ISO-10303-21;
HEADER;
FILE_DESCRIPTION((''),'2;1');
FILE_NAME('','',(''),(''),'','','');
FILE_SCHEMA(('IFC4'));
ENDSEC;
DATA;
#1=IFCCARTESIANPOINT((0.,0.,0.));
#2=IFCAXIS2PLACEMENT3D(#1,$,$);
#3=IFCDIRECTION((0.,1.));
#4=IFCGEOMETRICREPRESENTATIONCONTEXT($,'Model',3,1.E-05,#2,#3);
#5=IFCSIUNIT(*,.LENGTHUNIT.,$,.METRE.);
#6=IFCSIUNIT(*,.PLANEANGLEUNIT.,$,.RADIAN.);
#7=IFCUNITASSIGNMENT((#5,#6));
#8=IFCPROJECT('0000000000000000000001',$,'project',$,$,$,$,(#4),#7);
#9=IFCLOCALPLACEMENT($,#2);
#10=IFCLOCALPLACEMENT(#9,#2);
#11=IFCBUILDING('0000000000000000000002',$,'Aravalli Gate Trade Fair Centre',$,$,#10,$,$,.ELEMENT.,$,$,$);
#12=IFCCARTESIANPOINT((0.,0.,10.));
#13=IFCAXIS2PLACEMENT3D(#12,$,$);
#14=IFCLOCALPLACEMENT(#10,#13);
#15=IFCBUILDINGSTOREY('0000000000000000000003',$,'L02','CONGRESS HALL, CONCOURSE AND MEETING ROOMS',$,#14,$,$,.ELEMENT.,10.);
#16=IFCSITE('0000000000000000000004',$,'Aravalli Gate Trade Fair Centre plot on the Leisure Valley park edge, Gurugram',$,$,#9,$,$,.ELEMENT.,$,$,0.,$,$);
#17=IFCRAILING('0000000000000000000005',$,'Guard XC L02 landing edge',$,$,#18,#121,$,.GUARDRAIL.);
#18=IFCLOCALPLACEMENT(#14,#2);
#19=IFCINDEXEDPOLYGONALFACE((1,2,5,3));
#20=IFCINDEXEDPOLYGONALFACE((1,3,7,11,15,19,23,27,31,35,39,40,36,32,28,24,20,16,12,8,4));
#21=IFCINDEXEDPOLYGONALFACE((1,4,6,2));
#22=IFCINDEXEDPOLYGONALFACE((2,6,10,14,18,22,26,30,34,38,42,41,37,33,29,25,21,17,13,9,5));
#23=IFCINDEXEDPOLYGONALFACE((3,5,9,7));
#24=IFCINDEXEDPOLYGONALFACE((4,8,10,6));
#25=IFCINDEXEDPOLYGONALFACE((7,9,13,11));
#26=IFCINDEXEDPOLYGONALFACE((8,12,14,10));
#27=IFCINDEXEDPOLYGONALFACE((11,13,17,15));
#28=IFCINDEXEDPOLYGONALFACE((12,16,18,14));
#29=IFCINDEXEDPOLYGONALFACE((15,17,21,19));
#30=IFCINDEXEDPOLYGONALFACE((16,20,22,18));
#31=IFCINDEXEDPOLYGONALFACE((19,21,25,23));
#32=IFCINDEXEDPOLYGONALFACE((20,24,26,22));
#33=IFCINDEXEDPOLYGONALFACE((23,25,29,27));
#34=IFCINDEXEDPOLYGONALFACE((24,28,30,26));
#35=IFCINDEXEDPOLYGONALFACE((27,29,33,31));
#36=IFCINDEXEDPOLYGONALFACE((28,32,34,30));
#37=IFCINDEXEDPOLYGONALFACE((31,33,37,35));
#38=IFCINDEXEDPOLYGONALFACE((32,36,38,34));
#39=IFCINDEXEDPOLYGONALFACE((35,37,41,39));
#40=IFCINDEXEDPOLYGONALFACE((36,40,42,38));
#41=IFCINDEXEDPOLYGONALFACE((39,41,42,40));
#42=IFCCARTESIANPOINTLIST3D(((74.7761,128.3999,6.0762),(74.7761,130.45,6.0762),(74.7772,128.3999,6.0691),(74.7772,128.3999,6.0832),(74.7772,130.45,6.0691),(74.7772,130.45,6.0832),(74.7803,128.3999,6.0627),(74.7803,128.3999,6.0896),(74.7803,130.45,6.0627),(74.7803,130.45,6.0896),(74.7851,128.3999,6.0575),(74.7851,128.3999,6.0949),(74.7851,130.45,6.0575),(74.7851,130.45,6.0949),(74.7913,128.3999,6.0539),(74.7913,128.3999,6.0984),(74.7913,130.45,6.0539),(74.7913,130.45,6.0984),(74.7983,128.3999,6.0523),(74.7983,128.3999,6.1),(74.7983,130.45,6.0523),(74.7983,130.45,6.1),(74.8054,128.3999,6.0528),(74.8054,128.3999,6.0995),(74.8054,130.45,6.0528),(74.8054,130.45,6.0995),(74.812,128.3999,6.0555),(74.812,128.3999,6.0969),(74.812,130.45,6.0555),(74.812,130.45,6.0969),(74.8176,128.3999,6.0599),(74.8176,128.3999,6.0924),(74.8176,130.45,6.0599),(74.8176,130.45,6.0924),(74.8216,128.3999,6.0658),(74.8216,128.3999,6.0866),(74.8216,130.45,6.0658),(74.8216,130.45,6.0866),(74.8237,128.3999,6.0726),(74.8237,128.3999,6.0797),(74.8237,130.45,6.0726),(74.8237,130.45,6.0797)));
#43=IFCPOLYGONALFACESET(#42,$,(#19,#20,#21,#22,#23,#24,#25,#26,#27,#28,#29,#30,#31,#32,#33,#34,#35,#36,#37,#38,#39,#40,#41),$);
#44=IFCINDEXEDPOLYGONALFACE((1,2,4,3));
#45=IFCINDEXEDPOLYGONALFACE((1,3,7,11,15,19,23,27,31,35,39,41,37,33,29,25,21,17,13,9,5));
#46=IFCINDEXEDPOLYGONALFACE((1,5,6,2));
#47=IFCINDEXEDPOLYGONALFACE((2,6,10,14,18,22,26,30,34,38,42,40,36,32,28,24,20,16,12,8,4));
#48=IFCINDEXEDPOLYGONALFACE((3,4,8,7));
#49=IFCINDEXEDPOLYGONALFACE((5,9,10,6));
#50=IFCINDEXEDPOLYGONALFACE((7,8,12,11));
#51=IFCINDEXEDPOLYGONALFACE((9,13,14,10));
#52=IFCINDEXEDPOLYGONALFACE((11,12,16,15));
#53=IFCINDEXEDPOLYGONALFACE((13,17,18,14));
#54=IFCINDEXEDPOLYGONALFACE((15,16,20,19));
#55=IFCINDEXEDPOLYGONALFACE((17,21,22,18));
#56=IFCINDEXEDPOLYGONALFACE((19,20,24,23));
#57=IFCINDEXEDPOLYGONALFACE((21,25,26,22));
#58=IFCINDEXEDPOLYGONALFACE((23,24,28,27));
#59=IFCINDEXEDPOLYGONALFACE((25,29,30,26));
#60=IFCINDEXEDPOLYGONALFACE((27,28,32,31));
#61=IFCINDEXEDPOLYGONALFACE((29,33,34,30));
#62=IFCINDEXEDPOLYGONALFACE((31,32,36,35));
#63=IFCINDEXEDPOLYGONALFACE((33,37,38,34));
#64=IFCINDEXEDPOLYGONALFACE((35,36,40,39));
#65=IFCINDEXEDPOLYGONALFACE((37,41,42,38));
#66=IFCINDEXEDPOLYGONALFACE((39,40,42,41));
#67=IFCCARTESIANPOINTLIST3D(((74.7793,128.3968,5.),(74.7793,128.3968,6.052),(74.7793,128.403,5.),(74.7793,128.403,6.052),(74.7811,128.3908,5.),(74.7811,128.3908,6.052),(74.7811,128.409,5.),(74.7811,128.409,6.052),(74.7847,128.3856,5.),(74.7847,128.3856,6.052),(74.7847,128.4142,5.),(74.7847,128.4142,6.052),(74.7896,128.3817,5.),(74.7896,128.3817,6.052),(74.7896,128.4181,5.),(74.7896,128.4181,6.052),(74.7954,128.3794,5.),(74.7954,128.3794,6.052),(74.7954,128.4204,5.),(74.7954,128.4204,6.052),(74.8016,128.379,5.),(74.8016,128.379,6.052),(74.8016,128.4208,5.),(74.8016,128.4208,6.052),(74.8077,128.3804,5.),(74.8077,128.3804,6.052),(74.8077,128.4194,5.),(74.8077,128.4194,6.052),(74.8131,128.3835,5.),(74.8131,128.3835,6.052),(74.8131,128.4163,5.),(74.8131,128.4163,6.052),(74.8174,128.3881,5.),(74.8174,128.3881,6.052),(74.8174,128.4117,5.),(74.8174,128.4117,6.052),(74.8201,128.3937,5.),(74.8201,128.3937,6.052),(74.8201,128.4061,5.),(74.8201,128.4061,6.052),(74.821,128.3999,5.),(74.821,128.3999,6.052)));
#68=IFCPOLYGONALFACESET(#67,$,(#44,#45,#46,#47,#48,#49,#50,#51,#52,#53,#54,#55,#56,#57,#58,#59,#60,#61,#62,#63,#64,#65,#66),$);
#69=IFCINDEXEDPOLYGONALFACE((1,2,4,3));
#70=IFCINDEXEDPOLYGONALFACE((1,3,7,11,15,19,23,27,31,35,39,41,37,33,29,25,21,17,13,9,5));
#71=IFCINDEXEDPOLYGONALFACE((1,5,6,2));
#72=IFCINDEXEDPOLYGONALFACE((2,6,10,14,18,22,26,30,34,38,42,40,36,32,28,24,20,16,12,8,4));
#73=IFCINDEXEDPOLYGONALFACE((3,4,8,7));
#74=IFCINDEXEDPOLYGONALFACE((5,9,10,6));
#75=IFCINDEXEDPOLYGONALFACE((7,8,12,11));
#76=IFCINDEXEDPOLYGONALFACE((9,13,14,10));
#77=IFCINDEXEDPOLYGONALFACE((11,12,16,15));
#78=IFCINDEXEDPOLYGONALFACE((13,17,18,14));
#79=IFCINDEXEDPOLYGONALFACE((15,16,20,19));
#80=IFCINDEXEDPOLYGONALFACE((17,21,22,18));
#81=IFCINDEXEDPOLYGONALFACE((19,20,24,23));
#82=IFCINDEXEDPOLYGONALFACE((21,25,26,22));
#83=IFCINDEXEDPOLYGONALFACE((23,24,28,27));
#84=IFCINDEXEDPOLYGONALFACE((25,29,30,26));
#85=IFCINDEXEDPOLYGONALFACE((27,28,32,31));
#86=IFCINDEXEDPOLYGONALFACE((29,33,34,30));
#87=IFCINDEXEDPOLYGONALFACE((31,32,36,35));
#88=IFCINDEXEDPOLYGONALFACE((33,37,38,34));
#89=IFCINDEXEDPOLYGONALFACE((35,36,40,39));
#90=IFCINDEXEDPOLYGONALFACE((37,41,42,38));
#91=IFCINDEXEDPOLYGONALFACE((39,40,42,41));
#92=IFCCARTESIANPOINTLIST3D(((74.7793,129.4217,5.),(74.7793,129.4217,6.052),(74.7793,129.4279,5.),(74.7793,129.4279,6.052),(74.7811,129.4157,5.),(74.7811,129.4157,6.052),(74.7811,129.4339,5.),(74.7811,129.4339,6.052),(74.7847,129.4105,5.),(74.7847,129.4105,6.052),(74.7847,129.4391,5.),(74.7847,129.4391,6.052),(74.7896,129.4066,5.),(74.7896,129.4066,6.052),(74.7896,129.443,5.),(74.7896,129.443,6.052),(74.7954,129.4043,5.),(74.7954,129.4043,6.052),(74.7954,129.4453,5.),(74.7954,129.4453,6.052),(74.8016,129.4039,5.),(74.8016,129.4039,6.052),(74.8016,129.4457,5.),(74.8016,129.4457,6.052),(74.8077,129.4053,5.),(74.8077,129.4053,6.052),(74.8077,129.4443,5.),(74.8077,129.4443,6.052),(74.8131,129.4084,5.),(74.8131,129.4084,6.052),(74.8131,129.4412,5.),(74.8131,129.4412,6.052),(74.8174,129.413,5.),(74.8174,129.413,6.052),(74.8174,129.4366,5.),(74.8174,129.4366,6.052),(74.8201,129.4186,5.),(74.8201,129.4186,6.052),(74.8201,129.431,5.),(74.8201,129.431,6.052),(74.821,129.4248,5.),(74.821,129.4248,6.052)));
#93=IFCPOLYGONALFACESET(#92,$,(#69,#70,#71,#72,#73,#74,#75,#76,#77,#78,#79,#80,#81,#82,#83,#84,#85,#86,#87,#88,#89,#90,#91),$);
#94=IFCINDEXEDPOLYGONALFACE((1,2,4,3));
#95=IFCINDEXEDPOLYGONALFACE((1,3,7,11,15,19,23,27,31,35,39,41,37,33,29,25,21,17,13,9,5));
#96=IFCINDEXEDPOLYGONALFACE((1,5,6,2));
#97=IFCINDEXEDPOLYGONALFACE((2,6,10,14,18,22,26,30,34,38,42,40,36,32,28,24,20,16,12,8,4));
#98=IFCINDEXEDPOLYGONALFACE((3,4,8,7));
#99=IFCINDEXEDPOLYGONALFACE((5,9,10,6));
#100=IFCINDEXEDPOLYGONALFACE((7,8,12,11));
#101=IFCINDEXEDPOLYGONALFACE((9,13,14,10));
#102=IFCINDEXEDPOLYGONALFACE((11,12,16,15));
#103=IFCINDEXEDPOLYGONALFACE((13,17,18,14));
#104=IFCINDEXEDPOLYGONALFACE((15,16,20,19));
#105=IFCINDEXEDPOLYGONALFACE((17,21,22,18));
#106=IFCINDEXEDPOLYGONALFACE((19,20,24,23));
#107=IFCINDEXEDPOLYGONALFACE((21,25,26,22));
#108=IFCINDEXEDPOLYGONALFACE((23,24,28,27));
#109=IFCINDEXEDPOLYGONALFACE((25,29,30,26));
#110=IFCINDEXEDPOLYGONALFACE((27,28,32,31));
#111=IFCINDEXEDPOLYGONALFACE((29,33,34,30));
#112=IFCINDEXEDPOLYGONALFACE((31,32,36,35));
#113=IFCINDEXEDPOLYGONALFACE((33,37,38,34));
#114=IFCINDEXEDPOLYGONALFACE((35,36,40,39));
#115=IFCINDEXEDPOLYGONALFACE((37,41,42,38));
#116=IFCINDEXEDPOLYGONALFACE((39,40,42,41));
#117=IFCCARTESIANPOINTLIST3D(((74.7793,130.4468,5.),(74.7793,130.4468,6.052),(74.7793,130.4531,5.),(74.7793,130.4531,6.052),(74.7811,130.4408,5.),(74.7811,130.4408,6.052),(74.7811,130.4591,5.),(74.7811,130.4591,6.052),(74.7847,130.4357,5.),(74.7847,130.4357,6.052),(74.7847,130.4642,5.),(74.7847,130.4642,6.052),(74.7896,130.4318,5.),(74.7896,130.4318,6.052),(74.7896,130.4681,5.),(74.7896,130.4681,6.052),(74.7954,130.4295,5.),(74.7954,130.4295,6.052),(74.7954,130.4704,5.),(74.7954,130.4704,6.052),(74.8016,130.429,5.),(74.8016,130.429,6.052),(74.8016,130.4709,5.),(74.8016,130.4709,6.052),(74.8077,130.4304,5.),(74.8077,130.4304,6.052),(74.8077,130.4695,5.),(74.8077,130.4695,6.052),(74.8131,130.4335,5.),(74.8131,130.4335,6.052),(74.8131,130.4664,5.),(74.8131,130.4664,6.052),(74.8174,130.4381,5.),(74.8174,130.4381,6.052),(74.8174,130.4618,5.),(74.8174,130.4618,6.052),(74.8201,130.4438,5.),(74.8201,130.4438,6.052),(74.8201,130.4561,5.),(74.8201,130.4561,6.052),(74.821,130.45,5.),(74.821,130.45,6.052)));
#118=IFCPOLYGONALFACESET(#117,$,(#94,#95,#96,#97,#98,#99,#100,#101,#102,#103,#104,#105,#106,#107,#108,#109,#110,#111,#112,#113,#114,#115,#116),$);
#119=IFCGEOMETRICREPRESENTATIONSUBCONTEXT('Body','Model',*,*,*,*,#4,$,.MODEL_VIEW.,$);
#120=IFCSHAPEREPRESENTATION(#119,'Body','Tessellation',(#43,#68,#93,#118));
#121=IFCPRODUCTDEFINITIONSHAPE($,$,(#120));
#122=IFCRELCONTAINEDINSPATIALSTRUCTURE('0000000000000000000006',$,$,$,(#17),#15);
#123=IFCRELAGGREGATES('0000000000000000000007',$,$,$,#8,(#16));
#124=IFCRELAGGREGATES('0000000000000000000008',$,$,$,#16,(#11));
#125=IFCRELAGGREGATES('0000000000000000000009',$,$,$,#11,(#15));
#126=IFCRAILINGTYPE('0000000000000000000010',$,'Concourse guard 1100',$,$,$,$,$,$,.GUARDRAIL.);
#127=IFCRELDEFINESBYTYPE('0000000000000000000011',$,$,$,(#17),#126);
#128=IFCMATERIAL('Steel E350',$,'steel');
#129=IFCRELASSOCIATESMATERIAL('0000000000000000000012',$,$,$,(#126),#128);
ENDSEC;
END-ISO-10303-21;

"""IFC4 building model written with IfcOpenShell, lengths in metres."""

from ifc_helpers import new_model, si_unit, direction, frame, origin, origin_2d, place, context, subcontext, project, spatial, circle, extrude, material, type_object, element, save


model = new_model("IFC4")

# Units and contexts
model_context = context("Model", 3, precision=1e-05, world=origin(), true_north=direction((0.0, 1.0)))
body_context = subcontext(model_context, "Body", "Model", "MODEL_VIEW")
ifc_project = project(units=[si_unit("LENGTHUNIT", "METRE"), si_unit("PLANEANGLEUNIT", "RADIAN")], contexts=[model_context])

# Site, building, storey
site_placement = place(None, origin())
site = spatial("IfcSite", under=ifc_project, at=site_placement, Name="Aravalli Gate Trade Fair Centre plot on the Leisure Valley park edge, Gurugram", CompositionType="ELEMENT", RefElevation=0.0)
building_placement = place(site_placement, origin())
building = spatial("IfcBuilding", under=site, at=building_placement, Name="Aravalli Gate Trade Fair Centre", CompositionType="ELEMENT")
storey_placement = place(building_placement, frame((0.0, 0.0, 10.0)))
storey = spatial("IfcBuildingStorey", under=building, at=storey_placement, Name="L02", Description="CONGRESS HALL, CONCOURSE AND MEETING ROOMS", CompositionType="ELEMENT", Elevation=10.0)

# Shared definitions
ifc_material_1 = material(Name="Steel E350", Category="steel")

# Railing
railing_type_1 = type_object("IfcRailingType", Name="Concourse guard 1100", PredefinedType="GUARDRAIL", material=ifc_material_1)
railing_1_placement = place(storey_placement, frame((74.8, 128.3999, 5.0)))
element("IfcRailing", 1, at=railing_1_placement, inside=storey, type_object=railing_type_1, Name="Guard XC L02 landing edge", PredefinedType="GUARDRAIL", context=body_context, shape_type="SweptSolid", body=[
    extrude(circle(Radius=0.0239, at=origin_2d()), frame((0.0, 0.0, 1.0762), z_axis=(0.0, 1.0, 0.0), x_axis=(-1.0, 0.0, 0.0)), (0.0, 0.0, 1.0), 2.05),
    extrude(circle(Radius=0.021, at=origin_2d()), origin(), (0.0, 0.0, 1.0), 1.052),
    extrude(circle(Radius=0.021, at=origin_2d()), frame((0.0, 1.0249, 0.0)), (0.0, 0.0, 1.0), 1.052),
    extrude(circle(Radius=0.021, at=origin_2d()), frame((0.0, 2.05, 0.0)), (0.0, 0.0, 1.0), 1.052),
])

save(model, "model.ifc")
